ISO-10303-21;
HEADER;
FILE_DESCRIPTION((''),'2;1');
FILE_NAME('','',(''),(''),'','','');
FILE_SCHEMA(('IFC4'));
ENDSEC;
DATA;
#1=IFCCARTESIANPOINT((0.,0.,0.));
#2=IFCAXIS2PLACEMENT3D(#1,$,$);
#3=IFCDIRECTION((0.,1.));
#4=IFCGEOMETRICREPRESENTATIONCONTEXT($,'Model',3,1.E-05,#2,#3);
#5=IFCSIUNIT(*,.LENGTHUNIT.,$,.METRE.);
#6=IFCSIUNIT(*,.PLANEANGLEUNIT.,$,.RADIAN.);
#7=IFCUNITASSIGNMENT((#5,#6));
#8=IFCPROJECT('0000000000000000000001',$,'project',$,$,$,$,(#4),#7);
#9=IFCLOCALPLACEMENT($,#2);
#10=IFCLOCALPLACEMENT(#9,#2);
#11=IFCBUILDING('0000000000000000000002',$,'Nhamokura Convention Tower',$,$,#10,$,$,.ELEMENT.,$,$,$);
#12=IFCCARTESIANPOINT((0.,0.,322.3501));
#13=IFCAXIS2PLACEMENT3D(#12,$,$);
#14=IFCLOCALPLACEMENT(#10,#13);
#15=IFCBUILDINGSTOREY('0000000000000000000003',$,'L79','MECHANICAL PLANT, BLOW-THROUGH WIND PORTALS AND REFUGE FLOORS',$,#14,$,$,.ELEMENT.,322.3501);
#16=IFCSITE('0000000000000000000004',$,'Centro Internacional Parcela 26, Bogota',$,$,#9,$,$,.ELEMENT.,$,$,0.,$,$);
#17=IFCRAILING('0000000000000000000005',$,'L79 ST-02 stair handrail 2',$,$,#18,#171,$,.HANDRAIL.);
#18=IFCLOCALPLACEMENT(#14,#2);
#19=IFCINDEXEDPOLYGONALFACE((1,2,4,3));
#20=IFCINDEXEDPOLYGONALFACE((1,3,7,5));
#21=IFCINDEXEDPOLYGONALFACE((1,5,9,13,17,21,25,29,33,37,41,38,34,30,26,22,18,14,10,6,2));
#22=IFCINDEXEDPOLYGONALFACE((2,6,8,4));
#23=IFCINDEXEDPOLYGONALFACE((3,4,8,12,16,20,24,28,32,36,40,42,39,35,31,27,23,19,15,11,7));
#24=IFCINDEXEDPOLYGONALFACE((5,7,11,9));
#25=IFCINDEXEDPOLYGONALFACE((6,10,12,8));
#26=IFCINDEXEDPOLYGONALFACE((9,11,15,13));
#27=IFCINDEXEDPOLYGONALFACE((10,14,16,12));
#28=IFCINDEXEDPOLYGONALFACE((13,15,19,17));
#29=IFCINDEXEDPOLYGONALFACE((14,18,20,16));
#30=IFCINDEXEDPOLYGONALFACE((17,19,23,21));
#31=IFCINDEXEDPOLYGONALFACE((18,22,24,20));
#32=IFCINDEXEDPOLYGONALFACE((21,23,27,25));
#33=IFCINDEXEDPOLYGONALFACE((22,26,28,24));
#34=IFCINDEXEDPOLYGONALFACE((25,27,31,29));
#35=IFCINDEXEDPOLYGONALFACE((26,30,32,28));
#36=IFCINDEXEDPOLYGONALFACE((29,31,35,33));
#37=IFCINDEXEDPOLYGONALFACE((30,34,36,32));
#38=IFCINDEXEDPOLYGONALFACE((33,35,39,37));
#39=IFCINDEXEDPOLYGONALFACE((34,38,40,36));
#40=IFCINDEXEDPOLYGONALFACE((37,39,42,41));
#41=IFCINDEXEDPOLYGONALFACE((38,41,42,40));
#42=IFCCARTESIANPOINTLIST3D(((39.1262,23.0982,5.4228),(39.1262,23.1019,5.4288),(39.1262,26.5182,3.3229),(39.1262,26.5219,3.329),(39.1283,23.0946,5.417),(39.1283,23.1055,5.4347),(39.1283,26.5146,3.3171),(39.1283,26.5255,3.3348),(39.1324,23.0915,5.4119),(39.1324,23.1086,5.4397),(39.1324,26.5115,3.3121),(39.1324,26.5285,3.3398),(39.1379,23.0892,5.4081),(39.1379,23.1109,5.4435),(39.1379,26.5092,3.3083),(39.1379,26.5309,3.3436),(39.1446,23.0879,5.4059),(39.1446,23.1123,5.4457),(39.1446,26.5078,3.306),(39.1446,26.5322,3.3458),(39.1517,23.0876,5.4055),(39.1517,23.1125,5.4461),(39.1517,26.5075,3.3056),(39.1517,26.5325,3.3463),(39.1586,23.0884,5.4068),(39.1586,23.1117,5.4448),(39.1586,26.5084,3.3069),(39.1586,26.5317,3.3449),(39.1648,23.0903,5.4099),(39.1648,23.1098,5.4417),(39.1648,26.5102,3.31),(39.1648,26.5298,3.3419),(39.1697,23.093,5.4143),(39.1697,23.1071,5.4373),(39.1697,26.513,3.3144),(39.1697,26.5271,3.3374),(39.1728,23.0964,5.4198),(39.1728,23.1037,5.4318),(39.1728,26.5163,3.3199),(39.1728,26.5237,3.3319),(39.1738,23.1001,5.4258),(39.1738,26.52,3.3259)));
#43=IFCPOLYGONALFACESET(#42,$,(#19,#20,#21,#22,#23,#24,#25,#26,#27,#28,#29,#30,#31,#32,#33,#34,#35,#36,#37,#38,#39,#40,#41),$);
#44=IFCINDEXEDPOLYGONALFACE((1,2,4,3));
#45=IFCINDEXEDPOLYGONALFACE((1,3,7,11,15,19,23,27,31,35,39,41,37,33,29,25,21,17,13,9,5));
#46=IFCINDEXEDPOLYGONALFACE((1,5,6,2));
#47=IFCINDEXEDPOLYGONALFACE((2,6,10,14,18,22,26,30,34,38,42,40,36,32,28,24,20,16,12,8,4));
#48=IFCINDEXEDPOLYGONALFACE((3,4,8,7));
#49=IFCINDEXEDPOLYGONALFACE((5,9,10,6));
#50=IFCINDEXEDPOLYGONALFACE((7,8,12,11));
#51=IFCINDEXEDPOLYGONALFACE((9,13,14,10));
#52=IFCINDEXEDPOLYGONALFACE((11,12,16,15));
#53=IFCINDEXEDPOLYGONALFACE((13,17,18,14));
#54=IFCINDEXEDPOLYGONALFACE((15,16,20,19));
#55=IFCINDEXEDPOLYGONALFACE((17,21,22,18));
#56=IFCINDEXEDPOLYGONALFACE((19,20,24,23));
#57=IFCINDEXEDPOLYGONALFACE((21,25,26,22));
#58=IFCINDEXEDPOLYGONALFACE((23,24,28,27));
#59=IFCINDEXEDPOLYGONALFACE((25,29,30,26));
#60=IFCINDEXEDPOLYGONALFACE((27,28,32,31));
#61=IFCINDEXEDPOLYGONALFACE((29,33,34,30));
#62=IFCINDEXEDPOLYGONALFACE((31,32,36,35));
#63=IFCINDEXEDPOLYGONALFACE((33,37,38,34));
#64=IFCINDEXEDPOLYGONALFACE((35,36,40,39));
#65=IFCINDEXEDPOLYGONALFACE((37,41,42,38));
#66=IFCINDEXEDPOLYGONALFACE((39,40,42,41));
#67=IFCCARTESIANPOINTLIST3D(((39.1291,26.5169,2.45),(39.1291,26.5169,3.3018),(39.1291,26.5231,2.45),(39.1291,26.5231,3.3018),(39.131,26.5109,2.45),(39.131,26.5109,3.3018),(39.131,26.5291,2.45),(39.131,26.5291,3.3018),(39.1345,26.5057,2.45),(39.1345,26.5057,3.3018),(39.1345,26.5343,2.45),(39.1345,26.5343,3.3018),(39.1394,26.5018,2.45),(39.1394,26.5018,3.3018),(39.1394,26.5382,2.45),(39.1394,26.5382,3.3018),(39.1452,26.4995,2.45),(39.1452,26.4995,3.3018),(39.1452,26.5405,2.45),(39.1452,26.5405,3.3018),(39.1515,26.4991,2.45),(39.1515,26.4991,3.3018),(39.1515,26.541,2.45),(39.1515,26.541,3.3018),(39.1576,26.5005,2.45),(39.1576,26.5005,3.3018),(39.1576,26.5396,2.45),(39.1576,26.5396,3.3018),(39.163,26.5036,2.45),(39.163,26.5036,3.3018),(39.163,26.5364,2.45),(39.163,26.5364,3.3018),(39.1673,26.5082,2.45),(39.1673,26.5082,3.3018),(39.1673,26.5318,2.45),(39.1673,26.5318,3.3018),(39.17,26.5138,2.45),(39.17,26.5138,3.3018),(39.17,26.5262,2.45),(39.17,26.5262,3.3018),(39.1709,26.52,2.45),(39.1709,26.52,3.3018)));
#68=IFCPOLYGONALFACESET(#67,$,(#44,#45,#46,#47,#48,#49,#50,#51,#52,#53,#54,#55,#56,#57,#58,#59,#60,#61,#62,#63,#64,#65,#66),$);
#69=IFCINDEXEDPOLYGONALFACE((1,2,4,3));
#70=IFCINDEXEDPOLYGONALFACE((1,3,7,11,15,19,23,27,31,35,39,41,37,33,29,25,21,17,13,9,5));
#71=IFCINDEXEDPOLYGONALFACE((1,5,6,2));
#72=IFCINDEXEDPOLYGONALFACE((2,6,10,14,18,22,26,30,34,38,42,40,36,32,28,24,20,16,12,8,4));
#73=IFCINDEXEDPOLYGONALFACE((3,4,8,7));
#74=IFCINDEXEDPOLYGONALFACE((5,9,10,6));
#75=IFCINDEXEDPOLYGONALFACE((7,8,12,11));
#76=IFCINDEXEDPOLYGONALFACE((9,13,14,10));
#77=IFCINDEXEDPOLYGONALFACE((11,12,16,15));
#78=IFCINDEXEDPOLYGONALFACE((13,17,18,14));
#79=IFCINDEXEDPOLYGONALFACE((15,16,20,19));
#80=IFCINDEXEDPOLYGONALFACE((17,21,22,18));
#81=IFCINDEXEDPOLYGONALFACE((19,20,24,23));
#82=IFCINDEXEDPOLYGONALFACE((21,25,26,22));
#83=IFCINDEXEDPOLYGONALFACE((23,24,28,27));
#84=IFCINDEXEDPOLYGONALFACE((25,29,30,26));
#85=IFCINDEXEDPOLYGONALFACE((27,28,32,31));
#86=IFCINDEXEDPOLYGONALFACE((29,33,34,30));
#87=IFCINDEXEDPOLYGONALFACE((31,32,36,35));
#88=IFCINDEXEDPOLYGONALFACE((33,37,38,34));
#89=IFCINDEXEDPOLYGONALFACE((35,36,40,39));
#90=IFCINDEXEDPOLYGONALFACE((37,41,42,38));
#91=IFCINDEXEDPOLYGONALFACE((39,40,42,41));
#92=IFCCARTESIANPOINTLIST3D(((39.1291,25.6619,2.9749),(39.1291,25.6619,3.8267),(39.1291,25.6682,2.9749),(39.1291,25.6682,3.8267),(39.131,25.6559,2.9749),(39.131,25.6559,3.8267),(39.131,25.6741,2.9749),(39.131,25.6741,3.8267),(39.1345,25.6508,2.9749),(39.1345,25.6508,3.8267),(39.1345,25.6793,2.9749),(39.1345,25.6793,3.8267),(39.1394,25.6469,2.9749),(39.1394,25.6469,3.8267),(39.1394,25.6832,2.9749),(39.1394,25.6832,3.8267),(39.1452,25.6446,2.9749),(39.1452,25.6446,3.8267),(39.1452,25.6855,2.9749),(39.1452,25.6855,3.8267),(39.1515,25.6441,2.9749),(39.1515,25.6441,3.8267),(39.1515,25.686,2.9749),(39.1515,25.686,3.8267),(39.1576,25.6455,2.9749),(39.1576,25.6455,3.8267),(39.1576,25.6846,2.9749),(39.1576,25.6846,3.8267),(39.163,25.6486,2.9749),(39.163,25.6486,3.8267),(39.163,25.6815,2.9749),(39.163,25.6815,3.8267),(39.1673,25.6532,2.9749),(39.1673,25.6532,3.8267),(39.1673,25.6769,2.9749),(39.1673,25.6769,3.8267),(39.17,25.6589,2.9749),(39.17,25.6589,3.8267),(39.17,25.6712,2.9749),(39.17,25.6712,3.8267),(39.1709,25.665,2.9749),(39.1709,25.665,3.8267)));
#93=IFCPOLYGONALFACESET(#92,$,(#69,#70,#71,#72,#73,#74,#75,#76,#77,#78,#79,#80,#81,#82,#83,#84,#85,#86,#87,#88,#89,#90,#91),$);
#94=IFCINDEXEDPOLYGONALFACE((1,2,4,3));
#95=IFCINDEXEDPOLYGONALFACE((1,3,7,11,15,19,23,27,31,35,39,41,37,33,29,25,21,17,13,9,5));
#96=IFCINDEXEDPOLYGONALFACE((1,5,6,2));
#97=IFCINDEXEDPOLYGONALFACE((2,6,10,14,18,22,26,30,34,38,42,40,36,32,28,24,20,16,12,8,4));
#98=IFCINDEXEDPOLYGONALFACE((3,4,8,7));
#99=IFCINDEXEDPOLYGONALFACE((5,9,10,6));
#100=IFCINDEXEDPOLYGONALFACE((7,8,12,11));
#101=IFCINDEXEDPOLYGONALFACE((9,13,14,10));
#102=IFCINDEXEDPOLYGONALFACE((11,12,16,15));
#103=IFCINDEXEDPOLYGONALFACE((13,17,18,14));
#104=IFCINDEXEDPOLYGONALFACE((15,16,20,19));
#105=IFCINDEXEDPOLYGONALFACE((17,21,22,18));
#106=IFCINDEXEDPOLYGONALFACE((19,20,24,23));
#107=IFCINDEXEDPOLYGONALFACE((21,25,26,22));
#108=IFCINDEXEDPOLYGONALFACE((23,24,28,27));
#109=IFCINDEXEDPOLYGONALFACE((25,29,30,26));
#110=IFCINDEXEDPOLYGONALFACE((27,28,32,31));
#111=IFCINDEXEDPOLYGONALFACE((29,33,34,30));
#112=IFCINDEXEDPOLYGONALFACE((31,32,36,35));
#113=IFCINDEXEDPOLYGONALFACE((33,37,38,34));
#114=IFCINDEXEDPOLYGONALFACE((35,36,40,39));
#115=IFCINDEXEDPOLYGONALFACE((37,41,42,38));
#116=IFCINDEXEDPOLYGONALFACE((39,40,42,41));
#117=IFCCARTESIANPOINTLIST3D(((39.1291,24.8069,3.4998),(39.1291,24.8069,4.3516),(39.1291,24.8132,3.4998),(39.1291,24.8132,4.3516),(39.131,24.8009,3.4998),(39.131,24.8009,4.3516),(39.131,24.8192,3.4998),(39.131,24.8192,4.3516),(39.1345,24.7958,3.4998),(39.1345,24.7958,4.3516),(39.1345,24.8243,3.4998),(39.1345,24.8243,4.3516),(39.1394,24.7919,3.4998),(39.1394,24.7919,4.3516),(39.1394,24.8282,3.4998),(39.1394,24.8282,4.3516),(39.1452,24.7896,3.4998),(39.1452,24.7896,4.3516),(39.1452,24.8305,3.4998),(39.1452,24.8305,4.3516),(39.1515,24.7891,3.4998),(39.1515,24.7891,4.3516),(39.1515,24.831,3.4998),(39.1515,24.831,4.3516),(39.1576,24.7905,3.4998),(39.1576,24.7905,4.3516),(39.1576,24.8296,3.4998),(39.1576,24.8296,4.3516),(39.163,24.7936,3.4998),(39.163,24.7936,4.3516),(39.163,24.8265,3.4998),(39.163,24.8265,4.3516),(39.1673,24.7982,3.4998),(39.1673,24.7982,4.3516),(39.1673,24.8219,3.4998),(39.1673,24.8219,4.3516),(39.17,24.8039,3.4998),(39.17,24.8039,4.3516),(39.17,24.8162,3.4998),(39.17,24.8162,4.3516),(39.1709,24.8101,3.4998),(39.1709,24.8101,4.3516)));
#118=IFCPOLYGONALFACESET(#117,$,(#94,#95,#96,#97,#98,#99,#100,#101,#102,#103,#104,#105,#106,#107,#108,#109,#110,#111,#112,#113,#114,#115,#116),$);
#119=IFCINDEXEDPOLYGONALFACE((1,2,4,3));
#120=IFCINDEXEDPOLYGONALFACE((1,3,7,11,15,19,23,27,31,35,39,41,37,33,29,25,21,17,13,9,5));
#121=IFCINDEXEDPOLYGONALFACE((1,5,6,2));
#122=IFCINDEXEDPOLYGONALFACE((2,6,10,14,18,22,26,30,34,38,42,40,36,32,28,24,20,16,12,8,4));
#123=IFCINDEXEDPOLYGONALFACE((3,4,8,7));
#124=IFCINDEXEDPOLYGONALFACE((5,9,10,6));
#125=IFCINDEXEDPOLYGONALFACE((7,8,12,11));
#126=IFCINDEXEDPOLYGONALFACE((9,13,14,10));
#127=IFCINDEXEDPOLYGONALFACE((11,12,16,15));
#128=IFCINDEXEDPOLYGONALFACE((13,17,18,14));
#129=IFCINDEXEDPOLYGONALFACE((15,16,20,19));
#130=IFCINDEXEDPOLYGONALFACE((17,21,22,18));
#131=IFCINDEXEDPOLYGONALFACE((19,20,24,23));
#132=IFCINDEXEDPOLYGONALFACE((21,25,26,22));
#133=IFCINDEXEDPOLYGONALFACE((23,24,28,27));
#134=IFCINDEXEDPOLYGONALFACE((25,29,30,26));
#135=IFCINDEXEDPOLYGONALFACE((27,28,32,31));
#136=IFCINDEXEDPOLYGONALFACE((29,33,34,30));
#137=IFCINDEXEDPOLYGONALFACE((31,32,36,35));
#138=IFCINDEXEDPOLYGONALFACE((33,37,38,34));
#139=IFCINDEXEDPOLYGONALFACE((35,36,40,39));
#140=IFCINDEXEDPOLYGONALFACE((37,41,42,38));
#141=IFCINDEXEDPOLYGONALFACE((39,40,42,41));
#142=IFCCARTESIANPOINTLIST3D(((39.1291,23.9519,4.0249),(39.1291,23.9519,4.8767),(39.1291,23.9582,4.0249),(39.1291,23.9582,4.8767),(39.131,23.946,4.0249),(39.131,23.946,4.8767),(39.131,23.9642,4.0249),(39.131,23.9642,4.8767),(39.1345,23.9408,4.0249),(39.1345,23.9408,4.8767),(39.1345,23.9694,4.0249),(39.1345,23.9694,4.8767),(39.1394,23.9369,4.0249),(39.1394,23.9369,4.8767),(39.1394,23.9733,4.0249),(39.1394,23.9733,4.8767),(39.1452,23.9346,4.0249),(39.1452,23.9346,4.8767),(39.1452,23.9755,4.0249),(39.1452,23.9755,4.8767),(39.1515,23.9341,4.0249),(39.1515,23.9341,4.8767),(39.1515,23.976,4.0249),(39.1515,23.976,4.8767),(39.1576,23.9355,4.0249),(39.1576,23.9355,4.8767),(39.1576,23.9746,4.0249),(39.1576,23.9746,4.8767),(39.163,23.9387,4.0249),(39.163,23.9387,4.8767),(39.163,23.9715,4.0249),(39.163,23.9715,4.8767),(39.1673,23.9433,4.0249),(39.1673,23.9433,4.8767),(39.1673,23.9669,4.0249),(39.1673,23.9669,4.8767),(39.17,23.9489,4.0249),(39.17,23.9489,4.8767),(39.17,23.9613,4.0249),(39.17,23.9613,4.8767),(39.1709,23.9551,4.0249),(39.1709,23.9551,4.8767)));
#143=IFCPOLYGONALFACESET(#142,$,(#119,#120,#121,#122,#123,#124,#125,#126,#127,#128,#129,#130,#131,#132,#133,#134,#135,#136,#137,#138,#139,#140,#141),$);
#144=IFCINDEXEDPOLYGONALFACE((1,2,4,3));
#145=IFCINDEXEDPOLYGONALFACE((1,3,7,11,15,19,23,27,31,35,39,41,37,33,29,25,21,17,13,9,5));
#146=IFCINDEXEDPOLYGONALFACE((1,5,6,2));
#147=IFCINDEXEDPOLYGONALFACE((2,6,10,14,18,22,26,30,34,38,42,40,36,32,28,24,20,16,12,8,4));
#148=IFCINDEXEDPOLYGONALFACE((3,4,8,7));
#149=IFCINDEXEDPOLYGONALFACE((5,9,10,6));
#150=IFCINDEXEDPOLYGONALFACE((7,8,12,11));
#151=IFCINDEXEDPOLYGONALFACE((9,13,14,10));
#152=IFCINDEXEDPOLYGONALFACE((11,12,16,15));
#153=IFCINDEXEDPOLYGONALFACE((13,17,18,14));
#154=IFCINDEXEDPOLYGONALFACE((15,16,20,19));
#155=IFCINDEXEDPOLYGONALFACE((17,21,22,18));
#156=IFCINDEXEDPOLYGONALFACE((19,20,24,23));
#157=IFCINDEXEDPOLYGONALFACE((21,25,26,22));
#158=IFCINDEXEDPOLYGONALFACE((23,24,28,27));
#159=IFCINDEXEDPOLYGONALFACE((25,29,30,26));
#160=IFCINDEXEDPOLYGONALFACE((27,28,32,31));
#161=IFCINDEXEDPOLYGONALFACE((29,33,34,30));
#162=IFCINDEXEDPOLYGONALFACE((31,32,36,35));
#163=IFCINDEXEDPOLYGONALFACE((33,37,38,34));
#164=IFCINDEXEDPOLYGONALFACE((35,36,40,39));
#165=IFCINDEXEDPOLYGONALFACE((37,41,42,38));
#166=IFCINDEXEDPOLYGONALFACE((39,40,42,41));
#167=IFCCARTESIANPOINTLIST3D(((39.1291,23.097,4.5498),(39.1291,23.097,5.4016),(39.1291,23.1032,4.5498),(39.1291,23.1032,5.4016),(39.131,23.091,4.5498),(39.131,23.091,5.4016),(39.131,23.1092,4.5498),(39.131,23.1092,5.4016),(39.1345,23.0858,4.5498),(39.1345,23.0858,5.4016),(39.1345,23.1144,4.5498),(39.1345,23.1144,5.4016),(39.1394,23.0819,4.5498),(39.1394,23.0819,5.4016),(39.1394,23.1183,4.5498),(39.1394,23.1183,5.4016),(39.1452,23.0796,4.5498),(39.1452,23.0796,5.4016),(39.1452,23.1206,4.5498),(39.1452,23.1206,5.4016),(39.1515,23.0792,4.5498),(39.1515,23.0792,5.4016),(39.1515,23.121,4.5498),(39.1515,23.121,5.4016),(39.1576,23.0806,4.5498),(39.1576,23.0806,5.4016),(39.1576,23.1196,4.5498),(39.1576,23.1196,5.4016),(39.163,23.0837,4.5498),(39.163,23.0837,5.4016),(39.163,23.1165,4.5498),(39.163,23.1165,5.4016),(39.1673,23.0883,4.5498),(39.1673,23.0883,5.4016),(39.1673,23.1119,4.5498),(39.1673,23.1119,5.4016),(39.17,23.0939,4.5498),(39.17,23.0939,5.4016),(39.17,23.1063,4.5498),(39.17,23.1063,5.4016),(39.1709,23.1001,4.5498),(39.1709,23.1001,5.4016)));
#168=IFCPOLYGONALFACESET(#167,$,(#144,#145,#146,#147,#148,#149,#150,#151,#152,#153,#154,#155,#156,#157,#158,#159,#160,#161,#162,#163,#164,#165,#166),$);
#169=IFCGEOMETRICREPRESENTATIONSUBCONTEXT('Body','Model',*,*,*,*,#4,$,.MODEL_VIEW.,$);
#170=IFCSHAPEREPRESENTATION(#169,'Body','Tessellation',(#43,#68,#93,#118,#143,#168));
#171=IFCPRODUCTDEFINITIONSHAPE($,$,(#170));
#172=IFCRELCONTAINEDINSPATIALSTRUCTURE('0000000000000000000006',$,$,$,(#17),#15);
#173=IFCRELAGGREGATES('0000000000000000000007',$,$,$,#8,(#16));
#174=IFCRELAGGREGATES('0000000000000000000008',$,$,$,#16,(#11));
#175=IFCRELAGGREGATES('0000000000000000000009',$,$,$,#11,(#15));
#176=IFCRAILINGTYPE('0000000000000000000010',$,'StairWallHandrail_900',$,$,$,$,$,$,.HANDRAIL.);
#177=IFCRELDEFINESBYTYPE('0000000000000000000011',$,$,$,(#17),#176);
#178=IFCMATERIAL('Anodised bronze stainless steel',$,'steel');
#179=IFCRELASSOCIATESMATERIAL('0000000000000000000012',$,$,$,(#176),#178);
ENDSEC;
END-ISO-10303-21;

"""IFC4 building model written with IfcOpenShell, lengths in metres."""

from ifc_helpers import new_model, si_unit, direction, frame, origin, origin_2d, place, context, subcontext, project, spatial, circle, extrude, material, type_object, element, save


model = new_model("IFC4")

# Units and contexts
model_context = context("Model", 3, precision=1e-05, world=origin(), true_north=direction((0.0, 1.0)))
body_context = subcontext(model_context, "Body", "Model", "MODEL_VIEW")
ifc_project = project(units=[si_unit("LENGTHUNIT", "METRE"), si_unit("PLANEANGLEUNIT", "RADIAN")], contexts=[model_context])

# Site, building, storey
site_placement = place(None, origin())
site = spatial("IfcSite", under=ifc_project, at=site_placement, Name="Centro Internacional Parcela 26, Bogota", CompositionType="ELEMENT", RefElevation=0.0)
building_placement = place(site_placement, origin())
building = spatial("IfcBuilding", under=site, at=building_placement, Name="Nhamokura Convention Tower", CompositionType="ELEMENT")
storey_placement = place(building_placement, frame((0.0, 0.0, 322.3501)))
storey = spatial("IfcBuildingStorey", under=building, at=storey_placement, Name="L79", Description="MECHANICAL PLANT, BLOW-THROUGH WIND PORTALS AND REFUGE FLOORS", CompositionType="ELEMENT", Elevation=322.3501)

# Railing
ifc_material_1 = material(Name="Anodised bronze stainless steel", Category="steel")
railing_type_1 = type_object("IfcRailingType", Name="StairWallHandrail_900", PredefinedType="HANDRAIL", material=ifc_material_1)
railing_1_placement = place(storey_placement, frame((39.1499, 26.52, 2.45)))
element("IfcRailing", 1, at=railing_1_placement, inside=storey, type_object=railing_type_1, Name="L79 ST-02 stair handrail 2", PredefinedType="HANDRAIL", context=body_context, shape_type="SweptSolid", body=[
    extrude(circle(Radius=0.0239, at=origin_2d()), frame((0.0, 0.0, 0.876), z_axis=(0.0, -0.852182, 0.523245), x_axis=(1.0, 0.0, 0.0)), (0.0, 0.0, 1.0), 4.0132),
    extrude(circle(Radius=0.021, at=origin_2d()), origin(), (0.0, 0.0, 1.0), 0.8518),
    extrude(circle(Radius=0.021, at=origin_2d()), frame((0.0, -0.855, 0.5249)), (0.0, 0.0, 1.0), 0.8518),
    extrude(circle(Radius=0.021, at=origin_2d()), frame((0.0, -1.71, 1.0498)), (0.0, 0.0, 1.0), 0.8518),
    extrude(circle(Radius=0.021, at=origin_2d()), frame((0.0, -2.5649, 1.575)), (0.0, 0.0, 1.0), 0.8518),
    extrude(circle(Radius=0.021, at=origin_2d()), frame((0.0, -3.4199, 2.0999)), (0.0, 0.0, 1.0), 0.8518),
])

save(model, "model.ifc")
